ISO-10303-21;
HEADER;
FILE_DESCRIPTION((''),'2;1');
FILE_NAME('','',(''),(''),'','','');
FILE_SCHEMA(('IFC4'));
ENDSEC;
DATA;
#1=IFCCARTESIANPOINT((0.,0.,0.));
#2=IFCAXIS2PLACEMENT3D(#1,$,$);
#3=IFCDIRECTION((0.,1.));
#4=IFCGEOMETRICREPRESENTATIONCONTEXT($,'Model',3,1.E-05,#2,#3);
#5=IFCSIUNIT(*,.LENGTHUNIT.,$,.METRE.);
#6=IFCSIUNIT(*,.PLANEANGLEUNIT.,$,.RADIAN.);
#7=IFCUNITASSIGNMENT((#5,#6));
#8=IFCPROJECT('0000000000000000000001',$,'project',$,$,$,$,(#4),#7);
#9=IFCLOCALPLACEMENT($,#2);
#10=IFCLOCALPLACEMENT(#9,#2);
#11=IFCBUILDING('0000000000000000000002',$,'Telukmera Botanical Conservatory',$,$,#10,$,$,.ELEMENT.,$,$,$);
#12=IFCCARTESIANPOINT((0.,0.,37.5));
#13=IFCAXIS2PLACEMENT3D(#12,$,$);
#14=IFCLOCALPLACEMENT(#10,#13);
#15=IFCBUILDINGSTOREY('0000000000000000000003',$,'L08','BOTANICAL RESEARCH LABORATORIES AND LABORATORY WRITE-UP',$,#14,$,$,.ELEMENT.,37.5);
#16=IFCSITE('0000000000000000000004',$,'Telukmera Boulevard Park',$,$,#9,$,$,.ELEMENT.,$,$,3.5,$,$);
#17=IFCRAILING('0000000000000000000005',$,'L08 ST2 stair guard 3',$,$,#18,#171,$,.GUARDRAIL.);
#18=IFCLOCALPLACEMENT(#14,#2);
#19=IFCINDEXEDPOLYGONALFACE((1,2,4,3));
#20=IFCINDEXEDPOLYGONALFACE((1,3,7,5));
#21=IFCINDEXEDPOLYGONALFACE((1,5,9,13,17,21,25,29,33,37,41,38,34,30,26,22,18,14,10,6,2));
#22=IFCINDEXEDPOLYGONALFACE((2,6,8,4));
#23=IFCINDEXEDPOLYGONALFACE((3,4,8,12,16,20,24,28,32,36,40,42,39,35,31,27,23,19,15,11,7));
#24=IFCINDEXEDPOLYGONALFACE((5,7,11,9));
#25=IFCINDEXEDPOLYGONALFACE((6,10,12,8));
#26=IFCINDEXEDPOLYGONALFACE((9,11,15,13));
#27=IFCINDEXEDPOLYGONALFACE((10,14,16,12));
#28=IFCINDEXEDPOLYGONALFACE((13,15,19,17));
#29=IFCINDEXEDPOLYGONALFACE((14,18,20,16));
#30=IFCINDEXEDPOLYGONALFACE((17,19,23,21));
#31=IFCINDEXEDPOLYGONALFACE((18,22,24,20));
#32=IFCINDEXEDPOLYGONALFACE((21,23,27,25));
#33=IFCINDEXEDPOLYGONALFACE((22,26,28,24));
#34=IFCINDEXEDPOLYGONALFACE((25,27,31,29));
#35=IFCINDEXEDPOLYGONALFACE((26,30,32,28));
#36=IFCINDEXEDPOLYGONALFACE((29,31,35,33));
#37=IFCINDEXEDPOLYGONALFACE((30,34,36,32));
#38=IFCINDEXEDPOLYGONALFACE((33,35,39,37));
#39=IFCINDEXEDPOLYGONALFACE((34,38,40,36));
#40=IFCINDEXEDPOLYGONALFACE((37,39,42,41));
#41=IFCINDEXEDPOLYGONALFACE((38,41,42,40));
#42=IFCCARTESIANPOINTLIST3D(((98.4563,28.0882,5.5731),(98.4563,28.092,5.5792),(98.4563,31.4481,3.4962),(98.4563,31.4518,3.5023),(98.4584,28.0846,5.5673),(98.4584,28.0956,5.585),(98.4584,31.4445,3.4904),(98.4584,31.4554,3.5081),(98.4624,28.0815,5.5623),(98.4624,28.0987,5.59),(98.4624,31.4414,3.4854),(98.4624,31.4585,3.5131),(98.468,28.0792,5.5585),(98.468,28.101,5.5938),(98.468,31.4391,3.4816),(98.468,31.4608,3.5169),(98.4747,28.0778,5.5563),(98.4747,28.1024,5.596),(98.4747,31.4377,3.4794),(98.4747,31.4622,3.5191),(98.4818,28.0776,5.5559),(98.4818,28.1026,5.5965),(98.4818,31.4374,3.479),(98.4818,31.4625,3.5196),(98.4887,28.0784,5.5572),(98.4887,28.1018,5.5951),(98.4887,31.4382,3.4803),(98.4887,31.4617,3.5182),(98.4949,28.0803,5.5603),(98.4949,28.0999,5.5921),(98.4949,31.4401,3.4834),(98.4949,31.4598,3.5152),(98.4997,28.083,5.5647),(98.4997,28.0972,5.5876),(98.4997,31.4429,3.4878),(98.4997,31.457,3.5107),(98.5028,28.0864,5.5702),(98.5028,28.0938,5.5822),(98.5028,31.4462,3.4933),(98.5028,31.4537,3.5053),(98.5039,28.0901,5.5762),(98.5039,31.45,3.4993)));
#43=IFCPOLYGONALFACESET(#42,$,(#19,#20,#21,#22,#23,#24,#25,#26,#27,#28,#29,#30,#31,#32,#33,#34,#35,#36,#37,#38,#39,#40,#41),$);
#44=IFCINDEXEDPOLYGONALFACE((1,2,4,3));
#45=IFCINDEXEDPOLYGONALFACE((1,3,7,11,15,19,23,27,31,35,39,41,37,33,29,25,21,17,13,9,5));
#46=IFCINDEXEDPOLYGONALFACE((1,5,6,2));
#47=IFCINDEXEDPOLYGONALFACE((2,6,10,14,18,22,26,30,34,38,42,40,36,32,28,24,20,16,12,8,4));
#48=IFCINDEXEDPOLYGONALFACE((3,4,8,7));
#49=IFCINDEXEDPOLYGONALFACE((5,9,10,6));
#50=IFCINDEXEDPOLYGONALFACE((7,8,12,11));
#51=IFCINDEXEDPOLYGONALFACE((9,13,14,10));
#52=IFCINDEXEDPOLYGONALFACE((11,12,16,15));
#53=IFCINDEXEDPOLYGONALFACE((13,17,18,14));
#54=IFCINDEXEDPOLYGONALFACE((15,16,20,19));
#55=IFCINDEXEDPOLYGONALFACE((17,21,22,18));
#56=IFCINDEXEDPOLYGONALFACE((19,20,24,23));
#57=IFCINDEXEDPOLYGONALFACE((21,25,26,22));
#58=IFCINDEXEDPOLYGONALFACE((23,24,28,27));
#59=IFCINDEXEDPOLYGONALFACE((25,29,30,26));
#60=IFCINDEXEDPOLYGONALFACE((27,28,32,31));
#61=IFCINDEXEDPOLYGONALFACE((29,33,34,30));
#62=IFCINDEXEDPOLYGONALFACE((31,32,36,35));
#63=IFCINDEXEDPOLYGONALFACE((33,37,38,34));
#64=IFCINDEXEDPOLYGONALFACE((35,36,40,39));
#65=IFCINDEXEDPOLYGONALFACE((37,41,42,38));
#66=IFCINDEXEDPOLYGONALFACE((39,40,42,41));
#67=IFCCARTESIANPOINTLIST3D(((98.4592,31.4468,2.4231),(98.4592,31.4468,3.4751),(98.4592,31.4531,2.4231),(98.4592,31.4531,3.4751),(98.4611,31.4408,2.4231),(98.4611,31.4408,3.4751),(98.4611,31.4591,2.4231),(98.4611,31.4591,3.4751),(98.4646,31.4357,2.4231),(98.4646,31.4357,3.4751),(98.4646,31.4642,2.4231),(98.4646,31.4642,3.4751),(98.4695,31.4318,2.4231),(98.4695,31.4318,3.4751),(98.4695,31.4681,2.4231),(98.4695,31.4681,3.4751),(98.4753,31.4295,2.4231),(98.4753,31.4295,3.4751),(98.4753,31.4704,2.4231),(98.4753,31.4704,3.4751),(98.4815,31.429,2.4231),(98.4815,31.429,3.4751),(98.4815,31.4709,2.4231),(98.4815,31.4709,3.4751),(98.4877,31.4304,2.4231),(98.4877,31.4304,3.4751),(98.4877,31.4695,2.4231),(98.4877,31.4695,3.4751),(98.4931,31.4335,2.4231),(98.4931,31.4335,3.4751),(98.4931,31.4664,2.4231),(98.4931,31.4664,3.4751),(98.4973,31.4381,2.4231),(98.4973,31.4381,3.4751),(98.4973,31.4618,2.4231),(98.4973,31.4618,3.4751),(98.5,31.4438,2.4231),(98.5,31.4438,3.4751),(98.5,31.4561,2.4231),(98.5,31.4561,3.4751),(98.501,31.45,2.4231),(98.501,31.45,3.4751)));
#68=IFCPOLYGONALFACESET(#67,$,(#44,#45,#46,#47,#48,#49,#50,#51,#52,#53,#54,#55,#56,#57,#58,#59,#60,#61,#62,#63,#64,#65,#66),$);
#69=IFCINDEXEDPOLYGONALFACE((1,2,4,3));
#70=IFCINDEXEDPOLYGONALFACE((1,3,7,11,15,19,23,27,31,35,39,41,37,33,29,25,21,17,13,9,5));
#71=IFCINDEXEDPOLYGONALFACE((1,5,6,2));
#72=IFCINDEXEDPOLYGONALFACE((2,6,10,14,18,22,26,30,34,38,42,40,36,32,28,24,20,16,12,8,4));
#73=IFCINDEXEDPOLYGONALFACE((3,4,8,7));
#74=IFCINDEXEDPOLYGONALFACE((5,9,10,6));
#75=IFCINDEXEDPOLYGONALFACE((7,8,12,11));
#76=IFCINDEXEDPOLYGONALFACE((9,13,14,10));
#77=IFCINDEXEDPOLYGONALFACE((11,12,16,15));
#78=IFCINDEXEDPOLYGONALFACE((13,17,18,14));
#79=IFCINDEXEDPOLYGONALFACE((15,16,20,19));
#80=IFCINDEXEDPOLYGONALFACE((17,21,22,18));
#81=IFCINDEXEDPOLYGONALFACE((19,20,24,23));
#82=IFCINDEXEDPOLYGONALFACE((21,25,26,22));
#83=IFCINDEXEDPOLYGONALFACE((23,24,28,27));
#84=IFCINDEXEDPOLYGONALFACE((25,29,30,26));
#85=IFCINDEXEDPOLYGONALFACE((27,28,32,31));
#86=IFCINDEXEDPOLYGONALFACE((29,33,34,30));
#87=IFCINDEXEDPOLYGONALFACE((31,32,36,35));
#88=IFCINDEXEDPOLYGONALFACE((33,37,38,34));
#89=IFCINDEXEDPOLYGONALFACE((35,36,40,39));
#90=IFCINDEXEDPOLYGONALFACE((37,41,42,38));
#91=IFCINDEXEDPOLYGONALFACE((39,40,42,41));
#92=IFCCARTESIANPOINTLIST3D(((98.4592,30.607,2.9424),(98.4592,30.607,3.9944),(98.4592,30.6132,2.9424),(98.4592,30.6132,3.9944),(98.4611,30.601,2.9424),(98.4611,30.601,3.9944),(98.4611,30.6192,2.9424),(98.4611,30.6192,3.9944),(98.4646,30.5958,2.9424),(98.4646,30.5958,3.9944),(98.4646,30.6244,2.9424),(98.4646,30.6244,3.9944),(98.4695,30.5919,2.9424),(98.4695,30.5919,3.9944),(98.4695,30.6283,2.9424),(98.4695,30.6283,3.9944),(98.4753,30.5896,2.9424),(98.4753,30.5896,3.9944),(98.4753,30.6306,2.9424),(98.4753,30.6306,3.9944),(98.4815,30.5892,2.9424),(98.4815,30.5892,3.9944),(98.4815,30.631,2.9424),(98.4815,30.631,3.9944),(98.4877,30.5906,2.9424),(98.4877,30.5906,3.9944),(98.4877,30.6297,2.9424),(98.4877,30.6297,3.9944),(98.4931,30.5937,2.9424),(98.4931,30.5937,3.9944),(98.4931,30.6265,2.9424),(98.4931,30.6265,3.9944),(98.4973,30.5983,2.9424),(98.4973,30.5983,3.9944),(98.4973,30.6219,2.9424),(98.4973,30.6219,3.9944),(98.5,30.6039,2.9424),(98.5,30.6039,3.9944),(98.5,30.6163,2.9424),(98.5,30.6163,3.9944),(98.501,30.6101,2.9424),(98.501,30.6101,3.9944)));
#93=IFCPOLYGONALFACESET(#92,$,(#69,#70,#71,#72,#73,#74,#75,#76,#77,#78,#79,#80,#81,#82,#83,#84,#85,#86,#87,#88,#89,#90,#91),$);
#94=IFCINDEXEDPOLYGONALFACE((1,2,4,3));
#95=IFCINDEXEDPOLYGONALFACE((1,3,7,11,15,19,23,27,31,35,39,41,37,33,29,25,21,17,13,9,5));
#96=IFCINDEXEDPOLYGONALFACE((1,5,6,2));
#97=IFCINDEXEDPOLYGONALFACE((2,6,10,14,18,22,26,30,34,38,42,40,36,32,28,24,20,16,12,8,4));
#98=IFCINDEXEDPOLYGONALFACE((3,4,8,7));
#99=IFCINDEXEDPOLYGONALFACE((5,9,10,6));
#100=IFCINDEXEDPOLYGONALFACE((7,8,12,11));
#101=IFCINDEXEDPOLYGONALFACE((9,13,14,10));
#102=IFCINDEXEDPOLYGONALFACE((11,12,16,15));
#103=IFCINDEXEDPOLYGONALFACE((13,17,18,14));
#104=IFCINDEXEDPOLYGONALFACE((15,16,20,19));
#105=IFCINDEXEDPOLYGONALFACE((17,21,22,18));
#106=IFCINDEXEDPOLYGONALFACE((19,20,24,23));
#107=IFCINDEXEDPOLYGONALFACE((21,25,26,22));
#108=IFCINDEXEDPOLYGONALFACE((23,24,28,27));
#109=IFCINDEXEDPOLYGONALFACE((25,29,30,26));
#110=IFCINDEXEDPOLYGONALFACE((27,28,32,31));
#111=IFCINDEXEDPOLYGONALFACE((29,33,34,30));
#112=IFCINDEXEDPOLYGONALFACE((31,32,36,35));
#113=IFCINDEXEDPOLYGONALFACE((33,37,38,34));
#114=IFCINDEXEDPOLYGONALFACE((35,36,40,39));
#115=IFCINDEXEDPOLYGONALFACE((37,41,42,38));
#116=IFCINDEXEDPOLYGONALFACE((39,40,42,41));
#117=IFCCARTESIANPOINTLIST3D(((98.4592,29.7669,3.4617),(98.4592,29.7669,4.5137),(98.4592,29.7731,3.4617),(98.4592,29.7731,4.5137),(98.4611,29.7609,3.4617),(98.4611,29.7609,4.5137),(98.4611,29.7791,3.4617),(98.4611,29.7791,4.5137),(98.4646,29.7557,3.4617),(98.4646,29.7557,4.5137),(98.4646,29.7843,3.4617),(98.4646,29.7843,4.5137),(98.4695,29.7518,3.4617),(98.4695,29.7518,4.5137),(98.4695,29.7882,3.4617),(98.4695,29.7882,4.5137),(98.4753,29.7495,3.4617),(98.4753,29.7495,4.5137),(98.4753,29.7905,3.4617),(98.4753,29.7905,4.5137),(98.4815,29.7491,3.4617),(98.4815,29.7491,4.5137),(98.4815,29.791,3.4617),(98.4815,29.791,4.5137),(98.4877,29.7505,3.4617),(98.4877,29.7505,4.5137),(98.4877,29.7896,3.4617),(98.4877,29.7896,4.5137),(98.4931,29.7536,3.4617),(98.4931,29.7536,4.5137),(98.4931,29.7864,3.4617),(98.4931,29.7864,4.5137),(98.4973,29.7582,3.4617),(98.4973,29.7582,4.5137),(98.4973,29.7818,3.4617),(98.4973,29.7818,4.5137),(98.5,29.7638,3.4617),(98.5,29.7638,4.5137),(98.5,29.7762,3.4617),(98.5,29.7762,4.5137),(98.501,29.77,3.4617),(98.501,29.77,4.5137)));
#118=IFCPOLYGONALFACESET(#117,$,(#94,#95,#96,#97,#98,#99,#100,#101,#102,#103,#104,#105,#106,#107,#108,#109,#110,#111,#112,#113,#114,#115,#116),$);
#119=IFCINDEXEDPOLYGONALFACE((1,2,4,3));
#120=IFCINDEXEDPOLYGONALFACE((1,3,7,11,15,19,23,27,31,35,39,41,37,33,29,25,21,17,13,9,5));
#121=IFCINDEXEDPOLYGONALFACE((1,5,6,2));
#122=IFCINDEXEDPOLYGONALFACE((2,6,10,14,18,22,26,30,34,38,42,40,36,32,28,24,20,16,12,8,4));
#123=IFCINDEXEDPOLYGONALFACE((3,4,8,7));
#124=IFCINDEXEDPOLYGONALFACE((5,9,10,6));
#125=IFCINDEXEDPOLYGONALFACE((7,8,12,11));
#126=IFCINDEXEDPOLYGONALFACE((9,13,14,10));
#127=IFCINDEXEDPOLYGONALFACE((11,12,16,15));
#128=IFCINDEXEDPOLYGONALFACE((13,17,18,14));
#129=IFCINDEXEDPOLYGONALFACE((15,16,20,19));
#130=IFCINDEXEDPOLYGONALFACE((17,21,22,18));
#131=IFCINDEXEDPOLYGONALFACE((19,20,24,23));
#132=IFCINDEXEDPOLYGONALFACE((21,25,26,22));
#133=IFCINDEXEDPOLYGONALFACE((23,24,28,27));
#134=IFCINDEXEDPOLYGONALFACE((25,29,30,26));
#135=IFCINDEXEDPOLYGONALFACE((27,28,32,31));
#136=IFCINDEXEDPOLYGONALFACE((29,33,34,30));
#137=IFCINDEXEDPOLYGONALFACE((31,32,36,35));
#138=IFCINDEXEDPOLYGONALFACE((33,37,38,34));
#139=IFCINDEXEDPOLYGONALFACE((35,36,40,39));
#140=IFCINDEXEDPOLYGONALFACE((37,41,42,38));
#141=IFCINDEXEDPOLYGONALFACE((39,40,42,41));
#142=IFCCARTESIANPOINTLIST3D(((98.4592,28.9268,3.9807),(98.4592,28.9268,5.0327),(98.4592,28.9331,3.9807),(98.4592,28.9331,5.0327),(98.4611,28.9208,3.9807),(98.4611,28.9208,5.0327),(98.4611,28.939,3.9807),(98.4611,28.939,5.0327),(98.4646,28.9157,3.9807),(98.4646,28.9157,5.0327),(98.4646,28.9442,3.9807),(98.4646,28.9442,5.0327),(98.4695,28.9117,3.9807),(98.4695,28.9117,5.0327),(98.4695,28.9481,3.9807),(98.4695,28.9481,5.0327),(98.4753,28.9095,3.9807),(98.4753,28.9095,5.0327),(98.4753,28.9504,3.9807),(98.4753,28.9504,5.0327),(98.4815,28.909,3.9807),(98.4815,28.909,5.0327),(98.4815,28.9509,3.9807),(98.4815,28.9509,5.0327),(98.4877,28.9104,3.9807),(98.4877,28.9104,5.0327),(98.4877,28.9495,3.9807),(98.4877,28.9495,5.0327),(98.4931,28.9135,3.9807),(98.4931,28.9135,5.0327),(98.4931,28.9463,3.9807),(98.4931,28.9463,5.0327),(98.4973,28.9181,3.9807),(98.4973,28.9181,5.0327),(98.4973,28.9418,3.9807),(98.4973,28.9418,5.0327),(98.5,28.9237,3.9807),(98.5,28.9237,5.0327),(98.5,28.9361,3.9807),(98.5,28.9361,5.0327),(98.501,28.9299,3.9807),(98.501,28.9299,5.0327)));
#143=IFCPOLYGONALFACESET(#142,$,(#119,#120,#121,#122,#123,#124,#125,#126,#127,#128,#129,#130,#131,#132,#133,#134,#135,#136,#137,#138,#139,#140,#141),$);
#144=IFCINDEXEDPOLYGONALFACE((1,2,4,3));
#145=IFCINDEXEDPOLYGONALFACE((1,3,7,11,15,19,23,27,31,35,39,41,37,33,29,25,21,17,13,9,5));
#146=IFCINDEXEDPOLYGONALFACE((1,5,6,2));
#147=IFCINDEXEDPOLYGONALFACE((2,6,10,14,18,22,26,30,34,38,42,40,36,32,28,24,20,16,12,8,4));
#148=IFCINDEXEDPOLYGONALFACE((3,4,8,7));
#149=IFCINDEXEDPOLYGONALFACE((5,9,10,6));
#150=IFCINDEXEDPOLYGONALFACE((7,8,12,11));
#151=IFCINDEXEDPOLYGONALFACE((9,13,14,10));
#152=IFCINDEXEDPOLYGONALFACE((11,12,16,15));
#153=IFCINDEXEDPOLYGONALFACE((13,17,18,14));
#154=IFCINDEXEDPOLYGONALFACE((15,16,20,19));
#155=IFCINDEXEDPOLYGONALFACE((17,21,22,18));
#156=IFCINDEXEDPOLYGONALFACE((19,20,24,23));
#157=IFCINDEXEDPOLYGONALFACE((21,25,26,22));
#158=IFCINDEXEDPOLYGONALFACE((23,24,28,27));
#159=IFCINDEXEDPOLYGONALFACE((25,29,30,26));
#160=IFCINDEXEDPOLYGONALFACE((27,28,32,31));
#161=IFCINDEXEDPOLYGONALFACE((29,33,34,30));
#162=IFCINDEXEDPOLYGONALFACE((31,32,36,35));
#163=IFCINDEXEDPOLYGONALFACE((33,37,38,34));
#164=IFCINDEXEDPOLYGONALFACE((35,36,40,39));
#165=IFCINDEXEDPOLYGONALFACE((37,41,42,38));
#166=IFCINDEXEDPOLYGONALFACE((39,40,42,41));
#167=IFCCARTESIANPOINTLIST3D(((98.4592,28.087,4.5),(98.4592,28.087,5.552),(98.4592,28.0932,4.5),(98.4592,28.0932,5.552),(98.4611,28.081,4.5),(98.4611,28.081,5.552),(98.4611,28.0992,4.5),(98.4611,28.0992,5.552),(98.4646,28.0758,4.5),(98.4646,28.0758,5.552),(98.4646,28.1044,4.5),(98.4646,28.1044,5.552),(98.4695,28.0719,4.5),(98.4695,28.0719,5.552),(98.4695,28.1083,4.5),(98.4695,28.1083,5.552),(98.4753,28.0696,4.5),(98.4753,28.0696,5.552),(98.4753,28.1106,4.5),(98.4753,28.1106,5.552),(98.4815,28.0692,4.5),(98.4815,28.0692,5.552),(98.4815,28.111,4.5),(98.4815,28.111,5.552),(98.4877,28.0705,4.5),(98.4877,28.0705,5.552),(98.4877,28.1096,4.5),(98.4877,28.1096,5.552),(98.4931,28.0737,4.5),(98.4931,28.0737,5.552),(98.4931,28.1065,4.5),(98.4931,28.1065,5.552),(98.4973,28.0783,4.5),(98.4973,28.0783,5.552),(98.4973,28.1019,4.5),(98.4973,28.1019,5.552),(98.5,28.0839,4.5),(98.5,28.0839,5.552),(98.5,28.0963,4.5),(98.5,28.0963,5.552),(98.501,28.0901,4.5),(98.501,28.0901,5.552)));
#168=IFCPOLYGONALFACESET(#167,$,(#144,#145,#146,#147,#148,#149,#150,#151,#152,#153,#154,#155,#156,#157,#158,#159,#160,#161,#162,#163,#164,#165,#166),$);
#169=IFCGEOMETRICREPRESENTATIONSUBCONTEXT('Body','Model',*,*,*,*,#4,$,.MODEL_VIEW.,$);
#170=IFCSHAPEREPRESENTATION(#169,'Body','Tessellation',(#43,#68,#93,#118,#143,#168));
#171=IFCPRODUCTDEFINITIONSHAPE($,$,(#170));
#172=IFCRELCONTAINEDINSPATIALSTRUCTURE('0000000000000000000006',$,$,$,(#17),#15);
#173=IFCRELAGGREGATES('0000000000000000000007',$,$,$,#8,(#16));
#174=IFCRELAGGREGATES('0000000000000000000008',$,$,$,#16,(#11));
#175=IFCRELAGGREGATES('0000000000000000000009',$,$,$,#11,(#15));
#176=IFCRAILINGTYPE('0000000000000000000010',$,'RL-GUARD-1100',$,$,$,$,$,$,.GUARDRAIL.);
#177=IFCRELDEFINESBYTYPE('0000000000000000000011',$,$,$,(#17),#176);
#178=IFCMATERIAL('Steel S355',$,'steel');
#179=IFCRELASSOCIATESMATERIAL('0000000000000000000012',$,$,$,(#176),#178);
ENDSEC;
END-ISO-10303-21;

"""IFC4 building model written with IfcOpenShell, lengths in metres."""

from ifc_helpers import new_model, si_unit, direction, frame, origin, origin_2d, place, context, subcontext, project, spatial, circle, extrude, material, type_object, element, save


model = new_model("IFC4")

# Units and contexts
model_context = context("Model", 3, precision=1e-05, world=origin(), true_north=direction((0.0, 1.0)))
body_context = subcontext(model_context, "Body", "Model", "MODEL_VIEW")
ifc_project = project(units=[si_unit("LENGTHUNIT", "METRE"), si_unit("PLANEANGLEUNIT", "RADIAN")], contexts=[model_context])

# Site, building, storey
site_placement = place(None, origin())
site = spatial("IfcSite", under=ifc_project, at=site_placement, Name="Telukmera Boulevard Park", CompositionType="ELEMENT", RefElevation=3.5)
building_placement = place(site_placement, origin())
building = spatial("IfcBuilding", under=site, at=building_placement, Name="Telukmera Botanical Conservatory", CompositionType="ELEMENT")
storey_placement = place(building_placement, frame((0.0, 0.0, 37.5)))
storey = spatial("IfcBuildingStorey", under=building, at=storey_placement, Name="L08", Description="BOTANICAL RESEARCH LABORATORIES AND LABORATORY WRITE-UP", CompositionType="ELEMENT", Elevation=37.5)

# Railing
ifc_material_1 = material(Name="Steel S355", Category="steel")
railing_type_1 = type_object("IfcRailingType", Name="RL-GUARD-1100", PredefinedType="GUARDRAIL", material=ifc_material_1)
railing_1_placement = place(storey_placement, frame((98.48, 31.45, 2.4231)))
element("IfcRailing", 1, at=railing_1_placement, inside=storey, type_object=railing_type_1, Name="L08 ST2 stair guard 3", PredefinedType="GUARDRAIL", context=body_context, shape_type="SweptSolid", body=[
    extrude(circle(Radius=0.0239, at=origin_2d()), frame((0.0, 0.0, 1.0762), z_axis=(0.0, -0.850606, 0.525803), x_axis=(1.0, 0.0, 0.0)), (0.0, 0.0, 1.0), 3.95),
    extrude(circle(Radius=0.021, at=origin_2d()), origin(), (0.0, 0.0, 1.0), 1.052),
    extrude(circle(Radius=0.021, at=origin_2d()), frame((0.0, -0.8398, 0.5193)), (0.0, 0.0, 1.0), 1.052),
    extrude(circle(Radius=0.021, at=origin_2d()), frame((0.0, -1.6799, 1.0386)), (0.0, 0.0, 1.0), 1.052),
    extrude(circle(Radius=0.021, at=origin_2d()), frame((0.0, -2.52, 1.5576)), (0.0, 0.0, 1.0), 1.052),
    extrude(circle(Radius=0.021, at=origin_2d()), frame((0.0, -3.3599, 2.0769)), (0.0, 0.0, 1.0), 1.052),
])

save(model, "model.ifc")
